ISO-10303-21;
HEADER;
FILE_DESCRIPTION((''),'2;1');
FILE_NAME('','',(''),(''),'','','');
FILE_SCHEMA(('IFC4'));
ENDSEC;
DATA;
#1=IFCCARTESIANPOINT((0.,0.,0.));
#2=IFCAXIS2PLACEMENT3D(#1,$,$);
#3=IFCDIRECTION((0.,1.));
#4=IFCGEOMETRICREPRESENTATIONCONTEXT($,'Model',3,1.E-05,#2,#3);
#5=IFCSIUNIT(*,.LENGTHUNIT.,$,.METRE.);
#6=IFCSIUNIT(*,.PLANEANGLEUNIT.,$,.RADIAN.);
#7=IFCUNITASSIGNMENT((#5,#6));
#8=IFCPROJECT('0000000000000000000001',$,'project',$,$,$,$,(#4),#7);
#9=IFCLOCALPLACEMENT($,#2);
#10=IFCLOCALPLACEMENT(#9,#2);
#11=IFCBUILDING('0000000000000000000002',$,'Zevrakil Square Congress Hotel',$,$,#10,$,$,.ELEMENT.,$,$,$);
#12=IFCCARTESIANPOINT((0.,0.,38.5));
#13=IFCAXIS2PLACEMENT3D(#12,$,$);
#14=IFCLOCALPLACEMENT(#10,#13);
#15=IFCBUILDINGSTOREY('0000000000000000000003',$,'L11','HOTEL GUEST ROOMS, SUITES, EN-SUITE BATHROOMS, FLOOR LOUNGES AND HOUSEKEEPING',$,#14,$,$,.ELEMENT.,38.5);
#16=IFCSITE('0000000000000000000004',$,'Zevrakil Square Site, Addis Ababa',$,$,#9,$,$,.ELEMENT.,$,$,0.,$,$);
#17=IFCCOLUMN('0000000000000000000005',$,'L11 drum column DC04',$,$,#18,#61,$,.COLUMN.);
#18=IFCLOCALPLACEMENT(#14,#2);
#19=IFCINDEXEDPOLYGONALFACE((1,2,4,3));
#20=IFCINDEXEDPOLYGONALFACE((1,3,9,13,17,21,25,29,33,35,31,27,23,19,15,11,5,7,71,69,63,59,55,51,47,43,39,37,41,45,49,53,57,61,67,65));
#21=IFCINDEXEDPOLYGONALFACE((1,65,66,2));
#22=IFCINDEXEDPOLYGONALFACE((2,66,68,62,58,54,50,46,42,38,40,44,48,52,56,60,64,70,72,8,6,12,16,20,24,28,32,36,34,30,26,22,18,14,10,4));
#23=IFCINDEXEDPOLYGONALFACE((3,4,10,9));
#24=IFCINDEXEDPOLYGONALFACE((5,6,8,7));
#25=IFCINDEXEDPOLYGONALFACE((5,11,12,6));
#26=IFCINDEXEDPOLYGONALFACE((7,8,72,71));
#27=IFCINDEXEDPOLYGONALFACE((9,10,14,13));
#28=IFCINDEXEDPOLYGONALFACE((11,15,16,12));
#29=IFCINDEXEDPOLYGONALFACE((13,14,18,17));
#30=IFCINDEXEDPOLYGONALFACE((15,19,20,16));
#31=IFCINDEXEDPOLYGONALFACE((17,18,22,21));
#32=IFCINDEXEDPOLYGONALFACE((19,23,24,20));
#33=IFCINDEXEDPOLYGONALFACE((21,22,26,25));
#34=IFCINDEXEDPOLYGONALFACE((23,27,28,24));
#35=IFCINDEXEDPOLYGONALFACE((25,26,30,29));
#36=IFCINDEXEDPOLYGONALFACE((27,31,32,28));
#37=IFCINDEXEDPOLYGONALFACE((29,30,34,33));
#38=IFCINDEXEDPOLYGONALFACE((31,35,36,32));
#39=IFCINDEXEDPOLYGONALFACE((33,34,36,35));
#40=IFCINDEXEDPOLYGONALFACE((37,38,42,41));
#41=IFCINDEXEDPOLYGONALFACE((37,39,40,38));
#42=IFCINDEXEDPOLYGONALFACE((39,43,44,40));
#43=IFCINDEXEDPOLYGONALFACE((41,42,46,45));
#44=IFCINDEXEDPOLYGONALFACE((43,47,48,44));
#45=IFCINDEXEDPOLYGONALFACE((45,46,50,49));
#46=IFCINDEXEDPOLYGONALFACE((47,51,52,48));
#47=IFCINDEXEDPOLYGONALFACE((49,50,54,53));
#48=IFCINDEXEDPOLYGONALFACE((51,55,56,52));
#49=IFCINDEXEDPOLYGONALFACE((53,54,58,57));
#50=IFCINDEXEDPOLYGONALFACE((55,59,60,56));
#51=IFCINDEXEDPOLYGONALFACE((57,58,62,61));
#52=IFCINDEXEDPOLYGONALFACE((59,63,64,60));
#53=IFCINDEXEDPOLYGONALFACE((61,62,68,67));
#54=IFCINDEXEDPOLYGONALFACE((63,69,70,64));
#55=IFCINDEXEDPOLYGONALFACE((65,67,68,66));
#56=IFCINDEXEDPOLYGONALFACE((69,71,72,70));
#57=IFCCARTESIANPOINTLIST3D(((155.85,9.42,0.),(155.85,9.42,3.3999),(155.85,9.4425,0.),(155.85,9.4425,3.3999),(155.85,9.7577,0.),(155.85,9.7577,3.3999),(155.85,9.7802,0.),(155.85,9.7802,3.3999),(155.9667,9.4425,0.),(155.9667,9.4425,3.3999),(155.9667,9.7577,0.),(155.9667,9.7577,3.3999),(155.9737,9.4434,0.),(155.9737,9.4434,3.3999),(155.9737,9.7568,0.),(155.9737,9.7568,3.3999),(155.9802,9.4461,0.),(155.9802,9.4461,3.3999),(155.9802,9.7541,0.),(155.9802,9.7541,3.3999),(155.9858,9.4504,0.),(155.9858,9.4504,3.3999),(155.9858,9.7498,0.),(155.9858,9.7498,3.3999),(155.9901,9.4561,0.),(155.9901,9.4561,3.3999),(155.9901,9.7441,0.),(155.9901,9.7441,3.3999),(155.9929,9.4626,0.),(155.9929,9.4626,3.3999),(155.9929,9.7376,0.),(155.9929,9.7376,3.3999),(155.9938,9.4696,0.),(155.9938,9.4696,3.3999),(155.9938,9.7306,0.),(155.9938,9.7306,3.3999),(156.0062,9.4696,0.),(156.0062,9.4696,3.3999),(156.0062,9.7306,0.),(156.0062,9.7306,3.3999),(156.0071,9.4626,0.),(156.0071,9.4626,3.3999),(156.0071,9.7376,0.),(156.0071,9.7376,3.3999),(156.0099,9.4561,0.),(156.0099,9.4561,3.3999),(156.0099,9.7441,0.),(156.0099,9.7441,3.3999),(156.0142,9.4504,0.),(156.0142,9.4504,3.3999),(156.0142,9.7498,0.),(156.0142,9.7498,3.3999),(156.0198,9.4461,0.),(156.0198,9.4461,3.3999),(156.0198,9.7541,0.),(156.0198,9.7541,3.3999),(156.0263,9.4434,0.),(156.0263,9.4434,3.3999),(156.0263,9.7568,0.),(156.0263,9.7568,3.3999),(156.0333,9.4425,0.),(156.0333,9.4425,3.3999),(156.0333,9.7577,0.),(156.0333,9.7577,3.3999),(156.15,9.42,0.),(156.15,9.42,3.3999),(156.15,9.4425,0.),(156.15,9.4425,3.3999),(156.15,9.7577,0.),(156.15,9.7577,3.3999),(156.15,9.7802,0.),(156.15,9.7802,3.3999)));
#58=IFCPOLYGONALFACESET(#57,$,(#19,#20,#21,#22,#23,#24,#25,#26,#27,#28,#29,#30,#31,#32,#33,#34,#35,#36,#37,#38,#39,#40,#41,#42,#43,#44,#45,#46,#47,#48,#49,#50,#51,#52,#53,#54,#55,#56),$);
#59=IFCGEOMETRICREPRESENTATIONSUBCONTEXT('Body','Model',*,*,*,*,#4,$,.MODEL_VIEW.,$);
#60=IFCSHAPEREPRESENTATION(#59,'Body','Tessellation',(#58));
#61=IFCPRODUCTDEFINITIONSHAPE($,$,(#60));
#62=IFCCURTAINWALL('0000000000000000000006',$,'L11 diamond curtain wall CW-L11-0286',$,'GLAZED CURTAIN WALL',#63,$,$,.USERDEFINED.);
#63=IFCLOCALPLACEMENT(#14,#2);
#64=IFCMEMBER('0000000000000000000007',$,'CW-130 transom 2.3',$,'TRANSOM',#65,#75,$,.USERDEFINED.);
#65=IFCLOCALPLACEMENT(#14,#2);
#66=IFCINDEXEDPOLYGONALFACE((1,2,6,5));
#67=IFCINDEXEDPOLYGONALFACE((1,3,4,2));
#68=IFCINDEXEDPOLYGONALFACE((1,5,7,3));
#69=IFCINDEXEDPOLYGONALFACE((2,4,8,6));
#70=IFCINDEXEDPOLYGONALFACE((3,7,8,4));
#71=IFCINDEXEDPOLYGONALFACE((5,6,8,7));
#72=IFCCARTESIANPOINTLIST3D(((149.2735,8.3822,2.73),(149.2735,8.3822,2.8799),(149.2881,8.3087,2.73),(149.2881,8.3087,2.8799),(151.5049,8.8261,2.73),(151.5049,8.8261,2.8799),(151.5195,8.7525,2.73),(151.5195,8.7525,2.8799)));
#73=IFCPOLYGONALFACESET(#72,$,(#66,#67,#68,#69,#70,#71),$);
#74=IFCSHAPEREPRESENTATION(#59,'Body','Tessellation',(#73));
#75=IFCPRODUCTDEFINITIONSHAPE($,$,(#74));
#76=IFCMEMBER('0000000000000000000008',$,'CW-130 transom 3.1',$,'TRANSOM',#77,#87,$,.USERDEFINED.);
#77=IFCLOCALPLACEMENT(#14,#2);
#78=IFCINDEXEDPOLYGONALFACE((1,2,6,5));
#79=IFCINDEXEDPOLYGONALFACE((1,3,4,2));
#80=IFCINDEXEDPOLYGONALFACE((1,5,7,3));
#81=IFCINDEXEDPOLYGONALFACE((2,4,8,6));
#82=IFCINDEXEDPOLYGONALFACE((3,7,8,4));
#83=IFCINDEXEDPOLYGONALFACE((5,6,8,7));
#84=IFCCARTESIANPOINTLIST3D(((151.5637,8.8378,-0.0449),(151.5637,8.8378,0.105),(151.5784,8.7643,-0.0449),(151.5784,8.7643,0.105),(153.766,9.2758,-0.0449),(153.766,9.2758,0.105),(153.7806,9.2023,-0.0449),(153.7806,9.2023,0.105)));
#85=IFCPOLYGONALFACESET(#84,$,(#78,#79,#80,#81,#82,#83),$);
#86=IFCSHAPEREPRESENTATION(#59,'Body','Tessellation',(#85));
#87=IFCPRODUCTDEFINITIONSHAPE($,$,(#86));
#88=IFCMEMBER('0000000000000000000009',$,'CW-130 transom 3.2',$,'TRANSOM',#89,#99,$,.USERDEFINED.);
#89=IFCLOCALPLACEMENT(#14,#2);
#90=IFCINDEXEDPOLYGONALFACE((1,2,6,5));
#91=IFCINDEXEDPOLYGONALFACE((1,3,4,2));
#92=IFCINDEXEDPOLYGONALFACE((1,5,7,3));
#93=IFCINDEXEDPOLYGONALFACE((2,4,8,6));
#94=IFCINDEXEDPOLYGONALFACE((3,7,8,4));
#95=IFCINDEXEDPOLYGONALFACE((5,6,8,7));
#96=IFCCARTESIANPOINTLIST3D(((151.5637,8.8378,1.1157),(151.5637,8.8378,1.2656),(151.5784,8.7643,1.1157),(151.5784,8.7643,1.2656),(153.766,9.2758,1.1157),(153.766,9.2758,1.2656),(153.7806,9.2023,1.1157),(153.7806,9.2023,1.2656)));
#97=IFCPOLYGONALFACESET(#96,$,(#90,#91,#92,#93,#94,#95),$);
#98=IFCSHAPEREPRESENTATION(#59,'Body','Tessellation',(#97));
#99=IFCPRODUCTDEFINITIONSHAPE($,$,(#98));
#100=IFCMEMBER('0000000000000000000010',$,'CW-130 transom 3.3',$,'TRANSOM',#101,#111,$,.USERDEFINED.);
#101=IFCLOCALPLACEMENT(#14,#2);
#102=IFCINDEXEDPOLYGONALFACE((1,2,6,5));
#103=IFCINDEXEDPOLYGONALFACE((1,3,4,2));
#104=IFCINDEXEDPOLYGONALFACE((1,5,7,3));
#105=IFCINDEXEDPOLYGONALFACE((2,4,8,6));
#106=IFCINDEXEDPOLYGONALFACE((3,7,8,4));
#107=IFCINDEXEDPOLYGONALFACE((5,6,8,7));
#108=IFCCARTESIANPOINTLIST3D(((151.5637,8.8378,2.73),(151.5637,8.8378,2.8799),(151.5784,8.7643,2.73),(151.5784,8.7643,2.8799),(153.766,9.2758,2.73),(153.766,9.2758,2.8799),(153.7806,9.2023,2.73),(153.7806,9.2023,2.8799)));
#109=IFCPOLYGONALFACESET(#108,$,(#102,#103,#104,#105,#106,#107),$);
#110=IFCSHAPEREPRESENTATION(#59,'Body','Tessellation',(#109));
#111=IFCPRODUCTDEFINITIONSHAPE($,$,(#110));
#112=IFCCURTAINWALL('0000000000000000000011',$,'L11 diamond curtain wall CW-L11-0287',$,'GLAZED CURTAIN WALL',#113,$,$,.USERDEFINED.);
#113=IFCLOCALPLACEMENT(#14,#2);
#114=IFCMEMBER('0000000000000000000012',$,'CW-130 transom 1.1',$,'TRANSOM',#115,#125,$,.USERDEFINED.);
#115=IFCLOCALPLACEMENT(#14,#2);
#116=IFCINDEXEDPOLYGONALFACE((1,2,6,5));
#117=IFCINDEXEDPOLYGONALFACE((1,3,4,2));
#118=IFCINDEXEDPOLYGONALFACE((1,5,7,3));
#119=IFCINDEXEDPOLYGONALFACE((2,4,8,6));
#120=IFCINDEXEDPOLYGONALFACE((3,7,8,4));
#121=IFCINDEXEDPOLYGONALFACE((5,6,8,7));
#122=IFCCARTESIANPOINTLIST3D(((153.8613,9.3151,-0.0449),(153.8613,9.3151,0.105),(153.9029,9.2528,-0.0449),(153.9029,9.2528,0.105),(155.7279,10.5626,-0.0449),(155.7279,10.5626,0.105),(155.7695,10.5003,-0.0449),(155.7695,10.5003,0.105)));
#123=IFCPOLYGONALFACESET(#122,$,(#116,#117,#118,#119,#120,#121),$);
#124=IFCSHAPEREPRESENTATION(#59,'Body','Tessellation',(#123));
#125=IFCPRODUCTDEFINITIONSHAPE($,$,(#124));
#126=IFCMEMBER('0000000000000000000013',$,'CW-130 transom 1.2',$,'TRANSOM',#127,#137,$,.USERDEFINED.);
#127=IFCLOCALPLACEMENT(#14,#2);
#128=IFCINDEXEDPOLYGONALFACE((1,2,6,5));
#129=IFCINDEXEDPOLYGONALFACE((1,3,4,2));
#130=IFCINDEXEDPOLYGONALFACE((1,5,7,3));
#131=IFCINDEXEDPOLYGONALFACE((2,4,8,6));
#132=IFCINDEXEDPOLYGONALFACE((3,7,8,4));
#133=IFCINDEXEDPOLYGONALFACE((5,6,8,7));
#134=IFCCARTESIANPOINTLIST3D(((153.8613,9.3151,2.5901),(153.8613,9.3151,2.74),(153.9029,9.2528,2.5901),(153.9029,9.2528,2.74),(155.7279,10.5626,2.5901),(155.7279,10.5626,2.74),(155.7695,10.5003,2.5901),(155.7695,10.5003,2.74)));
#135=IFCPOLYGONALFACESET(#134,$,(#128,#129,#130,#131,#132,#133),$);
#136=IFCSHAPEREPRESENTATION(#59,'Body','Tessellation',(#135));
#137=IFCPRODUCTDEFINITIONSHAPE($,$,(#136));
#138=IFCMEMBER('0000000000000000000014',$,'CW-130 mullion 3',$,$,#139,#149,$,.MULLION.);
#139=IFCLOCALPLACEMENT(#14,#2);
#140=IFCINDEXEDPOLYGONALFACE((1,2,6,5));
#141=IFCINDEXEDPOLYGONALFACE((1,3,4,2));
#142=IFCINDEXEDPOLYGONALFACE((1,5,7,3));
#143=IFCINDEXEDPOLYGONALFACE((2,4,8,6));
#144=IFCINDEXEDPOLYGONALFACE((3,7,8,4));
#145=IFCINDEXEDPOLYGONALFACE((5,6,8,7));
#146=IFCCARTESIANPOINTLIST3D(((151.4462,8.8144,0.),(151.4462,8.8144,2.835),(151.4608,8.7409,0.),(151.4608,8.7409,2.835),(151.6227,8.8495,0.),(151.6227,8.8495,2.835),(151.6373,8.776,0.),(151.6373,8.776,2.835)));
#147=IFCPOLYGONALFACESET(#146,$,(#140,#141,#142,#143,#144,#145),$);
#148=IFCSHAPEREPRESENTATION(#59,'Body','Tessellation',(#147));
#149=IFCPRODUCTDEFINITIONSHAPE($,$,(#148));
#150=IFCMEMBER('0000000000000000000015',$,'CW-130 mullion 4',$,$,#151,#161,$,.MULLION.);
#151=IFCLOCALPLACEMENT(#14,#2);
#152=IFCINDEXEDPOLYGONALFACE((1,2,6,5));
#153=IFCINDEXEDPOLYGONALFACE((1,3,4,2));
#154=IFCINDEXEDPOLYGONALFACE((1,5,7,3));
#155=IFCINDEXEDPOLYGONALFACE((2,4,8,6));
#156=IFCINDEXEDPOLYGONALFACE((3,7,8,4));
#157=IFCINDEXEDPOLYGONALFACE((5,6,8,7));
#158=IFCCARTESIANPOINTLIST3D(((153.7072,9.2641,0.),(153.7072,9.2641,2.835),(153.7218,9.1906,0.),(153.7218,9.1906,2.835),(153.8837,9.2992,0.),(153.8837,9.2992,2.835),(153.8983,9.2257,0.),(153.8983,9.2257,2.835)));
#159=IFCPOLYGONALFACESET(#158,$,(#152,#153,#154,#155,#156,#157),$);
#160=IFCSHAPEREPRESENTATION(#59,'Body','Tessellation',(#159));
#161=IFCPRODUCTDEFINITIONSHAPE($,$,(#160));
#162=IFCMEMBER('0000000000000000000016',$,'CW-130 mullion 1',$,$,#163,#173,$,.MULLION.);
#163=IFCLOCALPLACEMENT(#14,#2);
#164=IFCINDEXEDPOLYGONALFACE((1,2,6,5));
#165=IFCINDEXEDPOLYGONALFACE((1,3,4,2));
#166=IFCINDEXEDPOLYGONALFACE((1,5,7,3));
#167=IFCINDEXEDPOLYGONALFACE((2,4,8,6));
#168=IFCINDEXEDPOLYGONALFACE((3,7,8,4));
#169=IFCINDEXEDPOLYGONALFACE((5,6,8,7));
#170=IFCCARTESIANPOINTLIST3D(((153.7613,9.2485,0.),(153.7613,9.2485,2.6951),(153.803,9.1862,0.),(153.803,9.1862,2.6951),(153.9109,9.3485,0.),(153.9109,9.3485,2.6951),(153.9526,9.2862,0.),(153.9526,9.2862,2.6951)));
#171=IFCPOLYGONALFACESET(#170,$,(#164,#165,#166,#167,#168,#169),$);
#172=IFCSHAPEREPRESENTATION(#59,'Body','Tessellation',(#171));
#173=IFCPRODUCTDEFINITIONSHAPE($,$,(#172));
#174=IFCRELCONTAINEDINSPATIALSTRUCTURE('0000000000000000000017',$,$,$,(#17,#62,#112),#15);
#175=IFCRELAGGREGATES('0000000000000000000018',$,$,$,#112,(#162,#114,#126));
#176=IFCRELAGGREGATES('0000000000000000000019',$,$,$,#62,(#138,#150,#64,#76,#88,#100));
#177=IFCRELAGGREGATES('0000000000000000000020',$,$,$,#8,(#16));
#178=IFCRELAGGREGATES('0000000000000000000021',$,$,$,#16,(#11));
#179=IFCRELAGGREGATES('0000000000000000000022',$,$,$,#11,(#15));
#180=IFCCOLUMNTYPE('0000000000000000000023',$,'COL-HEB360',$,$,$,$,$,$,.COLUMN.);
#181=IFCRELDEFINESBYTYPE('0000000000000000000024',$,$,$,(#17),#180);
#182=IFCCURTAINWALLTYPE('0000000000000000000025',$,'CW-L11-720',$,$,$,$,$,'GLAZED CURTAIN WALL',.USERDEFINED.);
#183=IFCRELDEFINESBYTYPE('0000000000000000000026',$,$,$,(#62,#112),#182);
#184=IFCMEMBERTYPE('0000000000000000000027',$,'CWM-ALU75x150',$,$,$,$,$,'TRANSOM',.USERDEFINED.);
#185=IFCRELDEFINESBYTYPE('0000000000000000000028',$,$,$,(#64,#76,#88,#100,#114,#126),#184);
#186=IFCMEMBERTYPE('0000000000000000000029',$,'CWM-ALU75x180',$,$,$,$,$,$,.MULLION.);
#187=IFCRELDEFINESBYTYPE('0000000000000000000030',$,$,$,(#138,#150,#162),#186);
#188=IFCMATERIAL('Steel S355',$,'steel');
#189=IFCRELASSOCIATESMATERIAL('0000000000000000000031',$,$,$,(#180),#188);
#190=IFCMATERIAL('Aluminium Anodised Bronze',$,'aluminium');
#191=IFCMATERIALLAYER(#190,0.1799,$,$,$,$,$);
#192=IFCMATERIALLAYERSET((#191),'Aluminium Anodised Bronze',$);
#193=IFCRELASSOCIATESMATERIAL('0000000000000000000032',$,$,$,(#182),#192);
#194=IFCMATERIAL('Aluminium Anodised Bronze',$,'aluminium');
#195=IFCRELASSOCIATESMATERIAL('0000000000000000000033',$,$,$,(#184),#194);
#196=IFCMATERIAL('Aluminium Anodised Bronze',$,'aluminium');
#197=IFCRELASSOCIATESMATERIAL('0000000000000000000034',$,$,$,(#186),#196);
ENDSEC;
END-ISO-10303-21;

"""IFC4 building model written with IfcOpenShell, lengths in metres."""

from ifc_helpers import new_model, si_unit, direction, frame, origin, origin_2d, place, context, subcontext, project, spatial, rectangle, i_section, extrude, material, layer, layer_set, material_profile, profile_set, type_object, element, aggregate, save


model = new_model("IFC4")

# Units and contexts
model_context = context("Model", 3, precision=1e-05, world=origin(), true_north=direction((0.0, 1.0)))
body_context = subcontext(model_context, "Body", "Model", "MODEL_VIEW")
ifc_project = project(units=[si_unit("LENGTHUNIT", "METRE"), si_unit("PLANEANGLEUNIT", "RADIAN")], contexts=[model_context])

# Site, building, storey
site_placement = place(None, origin())
site = spatial("IfcSite", under=ifc_project, at=site_placement, Name="Zevrakil Square Site, Addis Ababa", CompositionType="ELEMENT", RefElevation=0.0)
building_placement = place(site_placement, origin())
building = spatial("IfcBuilding", under=site, at=building_placement, Name="Zevrakil Square Congress Hotel", CompositionType="ELEMENT")
storey_placement = place(building_placement, frame((0.0, 0.0, 38.5)))
storey = spatial("IfcBuildingStorey", under=building, at=storey_placement, Name="L11", Description="HOTEL GUEST ROOMS, SUITES, EN-SUITE BATHROOMS, FLOOR LOUNGES AND HOUSEKEEPING", CompositionType="ELEMENT", Elevation=38.5)

# Column
ifc_material_1 = material(Name="Steel S355", Category="steel")
ifc_material_profile_1 = material_profile(ifc_material_1, i_section(OverallWidth=0.3, OverallDepth=0.3601, WebThickness=0.0125, FlangeThickness=0.0225, FilletRadius=0.0271, at=origin_2d()), Name="HEB 360")
ifc_profile_set_1 = profile_set([ifc_material_profile_1], Name="Steel S355")
column_type = type_object("IfcColumnType", Name="COL-HEB360", PredefinedType="COLUMN", material=ifc_profile_set_1)
column_placement = place(storey_placement, frame((156.0, 9.6001, 0.0), z_axis=(0.0, 0.0, 1.0), x_axis=(1.0, 0.0, 0.0)))
element("IfcColumn", 1, at=column_placement, inside=storey, type_object=column_type, Name="L11 drum column DC04", PredefinedType="COLUMN", context=body_context, shape_type="SweptSolid", body=[
    extrude(i_section(OverallWidth=0.3, OverallDepth=0.3601, WebThickness=0.0125, FlangeThickness=0.0225, FilletRadius=0.0271, at=origin_2d()), origin(), (0.0, 0.0, 1.0), 3.3999),
])

# Curtain walls, members
ifc_material_2 = material(Name="Aluminium Anodised Bronze", Category="aluminium")
ifc_layer_1 = layer(ifc_material_2, 0.1799)
ifc_layer_set_1 = layer_set([ifc_layer_1], Name="Aluminium Anodised Bronze")
curtain_wall_type = type_object("IfcCurtainWallType", Name="CW-L11-720", ElementType="GLAZED CURTAIN WALL", PredefinedType="USERDEFINED", material=ifc_layer_set_1)
curtain_wall_1_placement = place(storey_placement, origin())
curtain_wall_1 = element("IfcCurtainWall", 2, at=curtain_wall_1_placement, inside=storey, type_object=curtain_wall_type, Name="L11 diamond curtain wall CW-L11-0286", ObjectType="GLAZED CURTAIN WALL", PredefinedType="USERDEFINED")
ifc_material_3 = material(Name="Aluminium Anodised Bronze", Category="aluminium")
ifc_material_profile_2 = material_profile(ifc_material_3, rectangle(XDim=0.075, YDim=0.1499, at=origin_2d()), Name="ALU 75x150")
ifc_profile_set_2 = profile_set([ifc_material_profile_2], Name="Aluminium Anodised Bronze")
member_type_1 = type_object("IfcMemberType", Name="CWM-ALU75x150", ElementType="TRANSOM", PredefinedType="USERDEFINED", material=ifc_profile_set_2)
member_1_placement = place(storey_placement, frame((149.2808, 8.3455, 2.8049), z_axis=(0.980786, 0.195084, 0.0), x_axis=(-0.195084, 0.980786, 0.0)))
member_1 = element("IfcMember", 3, at=member_1_placement, type_object=member_type_1, Name="CW-130 transom 2.3", ObjectType="TRANSOM", PredefinedType="USERDEFINED", context=body_context, shape_type="SweptSolid", body=[
    extrude(rectangle(XDim=0.075, YDim=0.1499, at=origin_2d()), origin(), (0.0, 0.0, 1.0), 2.2751),
])
member_2_placement = place(storey_placement, frame((151.571, 8.801, 0.03), z_axis=(0.980789, 0.19507, 0.0), x_axis=(-0.19507, 0.980789, 0.0)))
member_2 = element("IfcMember", 4, at=member_2_placement, type_object=member_type_1, Name="CW-130 transom 3.1", ObjectType="TRANSOM", PredefinedType="USERDEFINED", context=body_context, shape_type="SweptSolid", body=[
    extrude(rectangle(XDim=0.075, YDim=0.1499, at=origin_2d()), origin(), (0.0, 0.0, 1.0), 2.2454),
])
member_3_placement = place(storey_placement, frame((151.571, 8.801, 1.1907), z_axis=(0.980789, 0.19507, 0.0), x_axis=(-0.19507, 0.980789, 0.0)))
member_3 = element("IfcMember", 5, at=member_3_placement, type_object=member_type_1, Name="CW-130 transom 3.2", ObjectType="TRANSOM", PredefinedType="USERDEFINED", context=body_context, shape_type="SweptSolid", body=[
    extrude(rectangle(XDim=0.075, YDim=0.1499, at=origin_2d()), origin(), (0.0, 0.0, 1.0), 2.2454),
])
member_4_placement = place(storey_placement, frame((151.571, 8.801, 2.8049), z_axis=(0.980789, 0.19507, 0.0), x_axis=(-0.19507, 0.980789, 0.0)))
member_4 = element("IfcMember", 6, at=member_4_placement, type_object=member_type_1, Name="CW-130 transom 3.3", ObjectType="TRANSOM", PredefinedType="USERDEFINED", context=body_context, shape_type="SweptSolid", body=[
    extrude(rectangle(XDim=0.075, YDim=0.1499, at=origin_2d()), origin(), (0.0, 0.0, 1.0), 2.2454),
])
curtain_wall_2_placement = place(storey_placement, origin())
curtain_wall_2 = element("IfcCurtainWall", 7, at=curtain_wall_2_placement, inside=storey, type_object=curtain_wall_type, Name="L11 diamond curtain wall CW-L11-0287", ObjectType="GLAZED CURTAIN WALL", PredefinedType="USERDEFINED")
member_5_placement = place(storey_placement, frame((153.8821, 9.2839, 0.03), z_axis=(0.831414, 0.555653, 0.0), x_axis=(-0.555653, 0.831414, 0.0)))
member_5 = element("IfcMember", 8, at=member_5_placement, type_object=member_type_1, Name="CW-130 transom 1.1", ObjectType="TRANSOM", PredefinedType="USERDEFINED", context=body_context, shape_type="SweptSolid", body=[
    extrude(rectangle(XDim=0.075, YDim=0.1499, at=origin_2d()), origin(), (0.0, 0.0, 1.0), 2.2451),
])
member_6_placement = place(storey_placement, frame((153.8821, 9.2839, 2.665), z_axis=(0.831414, 0.555653, 0.0), x_axis=(-0.555653, 0.831414, 0.0)))
member_6 = element("IfcMember", 9, at=member_6_placement, type_object=member_type_1, Name="CW-130 transom 1.2", ObjectType="TRANSOM", PredefinedType="USERDEFINED", context=body_context, shape_type="SweptSolid", body=[
    extrude(rectangle(XDim=0.075, YDim=0.1499, at=origin_2d()), origin(), (0.0, 0.0, 1.0), 2.2451),
])

# Members
ifc_material_4 = material(Name="Aluminium Anodised Bronze", Category="aluminium")
ifc_material_profile_3 = material_profile(ifc_material_4, rectangle(XDim=0.075, YDim=0.1799, at=origin_2d()), Name="ALU 75x180")
ifc_profile_set_3 = profile_set([ifc_material_profile_3], Name="Aluminium Anodised Bronze")
member_type_2 = type_object("IfcMemberType", Name="CWM-ALU75x180", PredefinedType="MULLION", material=ifc_profile_set_3)
member_7_placement = place(storey_placement, frame((151.5417, 8.7952, 0.0), z_axis=(0.0, 0.0, 1.0), x_axis=(-0.195084, 0.980787, 0.0)))
member_7 = element("IfcMember", 10, at=member_7_placement, type_object=member_type_2, Name="CW-130 mullion 3", PredefinedType="MULLION", context=body_context, shape_type="SweptSolid", body=[
    extrude(rectangle(XDim=0.075, YDim=0.1799, at=origin_2d()), origin(), (0.0, 0.0, 1.0), 2.835),
])
member_8_placement = place(storey_placement, frame((153.8027, 9.2449, 0.0), z_axis=(0.0, 0.0, 1.0), x_axis=(-0.195084, 0.980787, 0.0)))
member_8 = element("IfcMember", 11, at=member_8_placement, type_object=member_type_2, Name="CW-130 mullion 4", PredefinedType="MULLION", context=body_context, shape_type="SweptSolid", body=[
    extrude(rectangle(XDim=0.075, YDim=0.1799, at=origin_2d()), origin(), (0.0, 0.0, 1.0), 2.835),
])
member_9_placement = place(storey_placement, frame((153.8569, 9.2673, 0.0), z_axis=(0.0, 0.0, 1.0), x_axis=(-0.555576, 0.831466, 0.0)))
member_9 = element("IfcMember", 12, at=member_9_placement, type_object=member_type_2, Name="CW-130 mullion 1", PredefinedType="MULLION", context=body_context, shape_type="SweptSolid", body=[
    extrude(rectangle(XDim=0.075, YDim=0.1799, at=origin_2d()), origin(), (0.0, 0.0, 1.0), 2.6951),
])
aggregate(curtain_wall_2, [member_9, member_5, member_6])

aggregate(curtain_wall_1, [member_7, member_8, member_1, member_2, member_3, member_4])

save(model, "model.ifc")
